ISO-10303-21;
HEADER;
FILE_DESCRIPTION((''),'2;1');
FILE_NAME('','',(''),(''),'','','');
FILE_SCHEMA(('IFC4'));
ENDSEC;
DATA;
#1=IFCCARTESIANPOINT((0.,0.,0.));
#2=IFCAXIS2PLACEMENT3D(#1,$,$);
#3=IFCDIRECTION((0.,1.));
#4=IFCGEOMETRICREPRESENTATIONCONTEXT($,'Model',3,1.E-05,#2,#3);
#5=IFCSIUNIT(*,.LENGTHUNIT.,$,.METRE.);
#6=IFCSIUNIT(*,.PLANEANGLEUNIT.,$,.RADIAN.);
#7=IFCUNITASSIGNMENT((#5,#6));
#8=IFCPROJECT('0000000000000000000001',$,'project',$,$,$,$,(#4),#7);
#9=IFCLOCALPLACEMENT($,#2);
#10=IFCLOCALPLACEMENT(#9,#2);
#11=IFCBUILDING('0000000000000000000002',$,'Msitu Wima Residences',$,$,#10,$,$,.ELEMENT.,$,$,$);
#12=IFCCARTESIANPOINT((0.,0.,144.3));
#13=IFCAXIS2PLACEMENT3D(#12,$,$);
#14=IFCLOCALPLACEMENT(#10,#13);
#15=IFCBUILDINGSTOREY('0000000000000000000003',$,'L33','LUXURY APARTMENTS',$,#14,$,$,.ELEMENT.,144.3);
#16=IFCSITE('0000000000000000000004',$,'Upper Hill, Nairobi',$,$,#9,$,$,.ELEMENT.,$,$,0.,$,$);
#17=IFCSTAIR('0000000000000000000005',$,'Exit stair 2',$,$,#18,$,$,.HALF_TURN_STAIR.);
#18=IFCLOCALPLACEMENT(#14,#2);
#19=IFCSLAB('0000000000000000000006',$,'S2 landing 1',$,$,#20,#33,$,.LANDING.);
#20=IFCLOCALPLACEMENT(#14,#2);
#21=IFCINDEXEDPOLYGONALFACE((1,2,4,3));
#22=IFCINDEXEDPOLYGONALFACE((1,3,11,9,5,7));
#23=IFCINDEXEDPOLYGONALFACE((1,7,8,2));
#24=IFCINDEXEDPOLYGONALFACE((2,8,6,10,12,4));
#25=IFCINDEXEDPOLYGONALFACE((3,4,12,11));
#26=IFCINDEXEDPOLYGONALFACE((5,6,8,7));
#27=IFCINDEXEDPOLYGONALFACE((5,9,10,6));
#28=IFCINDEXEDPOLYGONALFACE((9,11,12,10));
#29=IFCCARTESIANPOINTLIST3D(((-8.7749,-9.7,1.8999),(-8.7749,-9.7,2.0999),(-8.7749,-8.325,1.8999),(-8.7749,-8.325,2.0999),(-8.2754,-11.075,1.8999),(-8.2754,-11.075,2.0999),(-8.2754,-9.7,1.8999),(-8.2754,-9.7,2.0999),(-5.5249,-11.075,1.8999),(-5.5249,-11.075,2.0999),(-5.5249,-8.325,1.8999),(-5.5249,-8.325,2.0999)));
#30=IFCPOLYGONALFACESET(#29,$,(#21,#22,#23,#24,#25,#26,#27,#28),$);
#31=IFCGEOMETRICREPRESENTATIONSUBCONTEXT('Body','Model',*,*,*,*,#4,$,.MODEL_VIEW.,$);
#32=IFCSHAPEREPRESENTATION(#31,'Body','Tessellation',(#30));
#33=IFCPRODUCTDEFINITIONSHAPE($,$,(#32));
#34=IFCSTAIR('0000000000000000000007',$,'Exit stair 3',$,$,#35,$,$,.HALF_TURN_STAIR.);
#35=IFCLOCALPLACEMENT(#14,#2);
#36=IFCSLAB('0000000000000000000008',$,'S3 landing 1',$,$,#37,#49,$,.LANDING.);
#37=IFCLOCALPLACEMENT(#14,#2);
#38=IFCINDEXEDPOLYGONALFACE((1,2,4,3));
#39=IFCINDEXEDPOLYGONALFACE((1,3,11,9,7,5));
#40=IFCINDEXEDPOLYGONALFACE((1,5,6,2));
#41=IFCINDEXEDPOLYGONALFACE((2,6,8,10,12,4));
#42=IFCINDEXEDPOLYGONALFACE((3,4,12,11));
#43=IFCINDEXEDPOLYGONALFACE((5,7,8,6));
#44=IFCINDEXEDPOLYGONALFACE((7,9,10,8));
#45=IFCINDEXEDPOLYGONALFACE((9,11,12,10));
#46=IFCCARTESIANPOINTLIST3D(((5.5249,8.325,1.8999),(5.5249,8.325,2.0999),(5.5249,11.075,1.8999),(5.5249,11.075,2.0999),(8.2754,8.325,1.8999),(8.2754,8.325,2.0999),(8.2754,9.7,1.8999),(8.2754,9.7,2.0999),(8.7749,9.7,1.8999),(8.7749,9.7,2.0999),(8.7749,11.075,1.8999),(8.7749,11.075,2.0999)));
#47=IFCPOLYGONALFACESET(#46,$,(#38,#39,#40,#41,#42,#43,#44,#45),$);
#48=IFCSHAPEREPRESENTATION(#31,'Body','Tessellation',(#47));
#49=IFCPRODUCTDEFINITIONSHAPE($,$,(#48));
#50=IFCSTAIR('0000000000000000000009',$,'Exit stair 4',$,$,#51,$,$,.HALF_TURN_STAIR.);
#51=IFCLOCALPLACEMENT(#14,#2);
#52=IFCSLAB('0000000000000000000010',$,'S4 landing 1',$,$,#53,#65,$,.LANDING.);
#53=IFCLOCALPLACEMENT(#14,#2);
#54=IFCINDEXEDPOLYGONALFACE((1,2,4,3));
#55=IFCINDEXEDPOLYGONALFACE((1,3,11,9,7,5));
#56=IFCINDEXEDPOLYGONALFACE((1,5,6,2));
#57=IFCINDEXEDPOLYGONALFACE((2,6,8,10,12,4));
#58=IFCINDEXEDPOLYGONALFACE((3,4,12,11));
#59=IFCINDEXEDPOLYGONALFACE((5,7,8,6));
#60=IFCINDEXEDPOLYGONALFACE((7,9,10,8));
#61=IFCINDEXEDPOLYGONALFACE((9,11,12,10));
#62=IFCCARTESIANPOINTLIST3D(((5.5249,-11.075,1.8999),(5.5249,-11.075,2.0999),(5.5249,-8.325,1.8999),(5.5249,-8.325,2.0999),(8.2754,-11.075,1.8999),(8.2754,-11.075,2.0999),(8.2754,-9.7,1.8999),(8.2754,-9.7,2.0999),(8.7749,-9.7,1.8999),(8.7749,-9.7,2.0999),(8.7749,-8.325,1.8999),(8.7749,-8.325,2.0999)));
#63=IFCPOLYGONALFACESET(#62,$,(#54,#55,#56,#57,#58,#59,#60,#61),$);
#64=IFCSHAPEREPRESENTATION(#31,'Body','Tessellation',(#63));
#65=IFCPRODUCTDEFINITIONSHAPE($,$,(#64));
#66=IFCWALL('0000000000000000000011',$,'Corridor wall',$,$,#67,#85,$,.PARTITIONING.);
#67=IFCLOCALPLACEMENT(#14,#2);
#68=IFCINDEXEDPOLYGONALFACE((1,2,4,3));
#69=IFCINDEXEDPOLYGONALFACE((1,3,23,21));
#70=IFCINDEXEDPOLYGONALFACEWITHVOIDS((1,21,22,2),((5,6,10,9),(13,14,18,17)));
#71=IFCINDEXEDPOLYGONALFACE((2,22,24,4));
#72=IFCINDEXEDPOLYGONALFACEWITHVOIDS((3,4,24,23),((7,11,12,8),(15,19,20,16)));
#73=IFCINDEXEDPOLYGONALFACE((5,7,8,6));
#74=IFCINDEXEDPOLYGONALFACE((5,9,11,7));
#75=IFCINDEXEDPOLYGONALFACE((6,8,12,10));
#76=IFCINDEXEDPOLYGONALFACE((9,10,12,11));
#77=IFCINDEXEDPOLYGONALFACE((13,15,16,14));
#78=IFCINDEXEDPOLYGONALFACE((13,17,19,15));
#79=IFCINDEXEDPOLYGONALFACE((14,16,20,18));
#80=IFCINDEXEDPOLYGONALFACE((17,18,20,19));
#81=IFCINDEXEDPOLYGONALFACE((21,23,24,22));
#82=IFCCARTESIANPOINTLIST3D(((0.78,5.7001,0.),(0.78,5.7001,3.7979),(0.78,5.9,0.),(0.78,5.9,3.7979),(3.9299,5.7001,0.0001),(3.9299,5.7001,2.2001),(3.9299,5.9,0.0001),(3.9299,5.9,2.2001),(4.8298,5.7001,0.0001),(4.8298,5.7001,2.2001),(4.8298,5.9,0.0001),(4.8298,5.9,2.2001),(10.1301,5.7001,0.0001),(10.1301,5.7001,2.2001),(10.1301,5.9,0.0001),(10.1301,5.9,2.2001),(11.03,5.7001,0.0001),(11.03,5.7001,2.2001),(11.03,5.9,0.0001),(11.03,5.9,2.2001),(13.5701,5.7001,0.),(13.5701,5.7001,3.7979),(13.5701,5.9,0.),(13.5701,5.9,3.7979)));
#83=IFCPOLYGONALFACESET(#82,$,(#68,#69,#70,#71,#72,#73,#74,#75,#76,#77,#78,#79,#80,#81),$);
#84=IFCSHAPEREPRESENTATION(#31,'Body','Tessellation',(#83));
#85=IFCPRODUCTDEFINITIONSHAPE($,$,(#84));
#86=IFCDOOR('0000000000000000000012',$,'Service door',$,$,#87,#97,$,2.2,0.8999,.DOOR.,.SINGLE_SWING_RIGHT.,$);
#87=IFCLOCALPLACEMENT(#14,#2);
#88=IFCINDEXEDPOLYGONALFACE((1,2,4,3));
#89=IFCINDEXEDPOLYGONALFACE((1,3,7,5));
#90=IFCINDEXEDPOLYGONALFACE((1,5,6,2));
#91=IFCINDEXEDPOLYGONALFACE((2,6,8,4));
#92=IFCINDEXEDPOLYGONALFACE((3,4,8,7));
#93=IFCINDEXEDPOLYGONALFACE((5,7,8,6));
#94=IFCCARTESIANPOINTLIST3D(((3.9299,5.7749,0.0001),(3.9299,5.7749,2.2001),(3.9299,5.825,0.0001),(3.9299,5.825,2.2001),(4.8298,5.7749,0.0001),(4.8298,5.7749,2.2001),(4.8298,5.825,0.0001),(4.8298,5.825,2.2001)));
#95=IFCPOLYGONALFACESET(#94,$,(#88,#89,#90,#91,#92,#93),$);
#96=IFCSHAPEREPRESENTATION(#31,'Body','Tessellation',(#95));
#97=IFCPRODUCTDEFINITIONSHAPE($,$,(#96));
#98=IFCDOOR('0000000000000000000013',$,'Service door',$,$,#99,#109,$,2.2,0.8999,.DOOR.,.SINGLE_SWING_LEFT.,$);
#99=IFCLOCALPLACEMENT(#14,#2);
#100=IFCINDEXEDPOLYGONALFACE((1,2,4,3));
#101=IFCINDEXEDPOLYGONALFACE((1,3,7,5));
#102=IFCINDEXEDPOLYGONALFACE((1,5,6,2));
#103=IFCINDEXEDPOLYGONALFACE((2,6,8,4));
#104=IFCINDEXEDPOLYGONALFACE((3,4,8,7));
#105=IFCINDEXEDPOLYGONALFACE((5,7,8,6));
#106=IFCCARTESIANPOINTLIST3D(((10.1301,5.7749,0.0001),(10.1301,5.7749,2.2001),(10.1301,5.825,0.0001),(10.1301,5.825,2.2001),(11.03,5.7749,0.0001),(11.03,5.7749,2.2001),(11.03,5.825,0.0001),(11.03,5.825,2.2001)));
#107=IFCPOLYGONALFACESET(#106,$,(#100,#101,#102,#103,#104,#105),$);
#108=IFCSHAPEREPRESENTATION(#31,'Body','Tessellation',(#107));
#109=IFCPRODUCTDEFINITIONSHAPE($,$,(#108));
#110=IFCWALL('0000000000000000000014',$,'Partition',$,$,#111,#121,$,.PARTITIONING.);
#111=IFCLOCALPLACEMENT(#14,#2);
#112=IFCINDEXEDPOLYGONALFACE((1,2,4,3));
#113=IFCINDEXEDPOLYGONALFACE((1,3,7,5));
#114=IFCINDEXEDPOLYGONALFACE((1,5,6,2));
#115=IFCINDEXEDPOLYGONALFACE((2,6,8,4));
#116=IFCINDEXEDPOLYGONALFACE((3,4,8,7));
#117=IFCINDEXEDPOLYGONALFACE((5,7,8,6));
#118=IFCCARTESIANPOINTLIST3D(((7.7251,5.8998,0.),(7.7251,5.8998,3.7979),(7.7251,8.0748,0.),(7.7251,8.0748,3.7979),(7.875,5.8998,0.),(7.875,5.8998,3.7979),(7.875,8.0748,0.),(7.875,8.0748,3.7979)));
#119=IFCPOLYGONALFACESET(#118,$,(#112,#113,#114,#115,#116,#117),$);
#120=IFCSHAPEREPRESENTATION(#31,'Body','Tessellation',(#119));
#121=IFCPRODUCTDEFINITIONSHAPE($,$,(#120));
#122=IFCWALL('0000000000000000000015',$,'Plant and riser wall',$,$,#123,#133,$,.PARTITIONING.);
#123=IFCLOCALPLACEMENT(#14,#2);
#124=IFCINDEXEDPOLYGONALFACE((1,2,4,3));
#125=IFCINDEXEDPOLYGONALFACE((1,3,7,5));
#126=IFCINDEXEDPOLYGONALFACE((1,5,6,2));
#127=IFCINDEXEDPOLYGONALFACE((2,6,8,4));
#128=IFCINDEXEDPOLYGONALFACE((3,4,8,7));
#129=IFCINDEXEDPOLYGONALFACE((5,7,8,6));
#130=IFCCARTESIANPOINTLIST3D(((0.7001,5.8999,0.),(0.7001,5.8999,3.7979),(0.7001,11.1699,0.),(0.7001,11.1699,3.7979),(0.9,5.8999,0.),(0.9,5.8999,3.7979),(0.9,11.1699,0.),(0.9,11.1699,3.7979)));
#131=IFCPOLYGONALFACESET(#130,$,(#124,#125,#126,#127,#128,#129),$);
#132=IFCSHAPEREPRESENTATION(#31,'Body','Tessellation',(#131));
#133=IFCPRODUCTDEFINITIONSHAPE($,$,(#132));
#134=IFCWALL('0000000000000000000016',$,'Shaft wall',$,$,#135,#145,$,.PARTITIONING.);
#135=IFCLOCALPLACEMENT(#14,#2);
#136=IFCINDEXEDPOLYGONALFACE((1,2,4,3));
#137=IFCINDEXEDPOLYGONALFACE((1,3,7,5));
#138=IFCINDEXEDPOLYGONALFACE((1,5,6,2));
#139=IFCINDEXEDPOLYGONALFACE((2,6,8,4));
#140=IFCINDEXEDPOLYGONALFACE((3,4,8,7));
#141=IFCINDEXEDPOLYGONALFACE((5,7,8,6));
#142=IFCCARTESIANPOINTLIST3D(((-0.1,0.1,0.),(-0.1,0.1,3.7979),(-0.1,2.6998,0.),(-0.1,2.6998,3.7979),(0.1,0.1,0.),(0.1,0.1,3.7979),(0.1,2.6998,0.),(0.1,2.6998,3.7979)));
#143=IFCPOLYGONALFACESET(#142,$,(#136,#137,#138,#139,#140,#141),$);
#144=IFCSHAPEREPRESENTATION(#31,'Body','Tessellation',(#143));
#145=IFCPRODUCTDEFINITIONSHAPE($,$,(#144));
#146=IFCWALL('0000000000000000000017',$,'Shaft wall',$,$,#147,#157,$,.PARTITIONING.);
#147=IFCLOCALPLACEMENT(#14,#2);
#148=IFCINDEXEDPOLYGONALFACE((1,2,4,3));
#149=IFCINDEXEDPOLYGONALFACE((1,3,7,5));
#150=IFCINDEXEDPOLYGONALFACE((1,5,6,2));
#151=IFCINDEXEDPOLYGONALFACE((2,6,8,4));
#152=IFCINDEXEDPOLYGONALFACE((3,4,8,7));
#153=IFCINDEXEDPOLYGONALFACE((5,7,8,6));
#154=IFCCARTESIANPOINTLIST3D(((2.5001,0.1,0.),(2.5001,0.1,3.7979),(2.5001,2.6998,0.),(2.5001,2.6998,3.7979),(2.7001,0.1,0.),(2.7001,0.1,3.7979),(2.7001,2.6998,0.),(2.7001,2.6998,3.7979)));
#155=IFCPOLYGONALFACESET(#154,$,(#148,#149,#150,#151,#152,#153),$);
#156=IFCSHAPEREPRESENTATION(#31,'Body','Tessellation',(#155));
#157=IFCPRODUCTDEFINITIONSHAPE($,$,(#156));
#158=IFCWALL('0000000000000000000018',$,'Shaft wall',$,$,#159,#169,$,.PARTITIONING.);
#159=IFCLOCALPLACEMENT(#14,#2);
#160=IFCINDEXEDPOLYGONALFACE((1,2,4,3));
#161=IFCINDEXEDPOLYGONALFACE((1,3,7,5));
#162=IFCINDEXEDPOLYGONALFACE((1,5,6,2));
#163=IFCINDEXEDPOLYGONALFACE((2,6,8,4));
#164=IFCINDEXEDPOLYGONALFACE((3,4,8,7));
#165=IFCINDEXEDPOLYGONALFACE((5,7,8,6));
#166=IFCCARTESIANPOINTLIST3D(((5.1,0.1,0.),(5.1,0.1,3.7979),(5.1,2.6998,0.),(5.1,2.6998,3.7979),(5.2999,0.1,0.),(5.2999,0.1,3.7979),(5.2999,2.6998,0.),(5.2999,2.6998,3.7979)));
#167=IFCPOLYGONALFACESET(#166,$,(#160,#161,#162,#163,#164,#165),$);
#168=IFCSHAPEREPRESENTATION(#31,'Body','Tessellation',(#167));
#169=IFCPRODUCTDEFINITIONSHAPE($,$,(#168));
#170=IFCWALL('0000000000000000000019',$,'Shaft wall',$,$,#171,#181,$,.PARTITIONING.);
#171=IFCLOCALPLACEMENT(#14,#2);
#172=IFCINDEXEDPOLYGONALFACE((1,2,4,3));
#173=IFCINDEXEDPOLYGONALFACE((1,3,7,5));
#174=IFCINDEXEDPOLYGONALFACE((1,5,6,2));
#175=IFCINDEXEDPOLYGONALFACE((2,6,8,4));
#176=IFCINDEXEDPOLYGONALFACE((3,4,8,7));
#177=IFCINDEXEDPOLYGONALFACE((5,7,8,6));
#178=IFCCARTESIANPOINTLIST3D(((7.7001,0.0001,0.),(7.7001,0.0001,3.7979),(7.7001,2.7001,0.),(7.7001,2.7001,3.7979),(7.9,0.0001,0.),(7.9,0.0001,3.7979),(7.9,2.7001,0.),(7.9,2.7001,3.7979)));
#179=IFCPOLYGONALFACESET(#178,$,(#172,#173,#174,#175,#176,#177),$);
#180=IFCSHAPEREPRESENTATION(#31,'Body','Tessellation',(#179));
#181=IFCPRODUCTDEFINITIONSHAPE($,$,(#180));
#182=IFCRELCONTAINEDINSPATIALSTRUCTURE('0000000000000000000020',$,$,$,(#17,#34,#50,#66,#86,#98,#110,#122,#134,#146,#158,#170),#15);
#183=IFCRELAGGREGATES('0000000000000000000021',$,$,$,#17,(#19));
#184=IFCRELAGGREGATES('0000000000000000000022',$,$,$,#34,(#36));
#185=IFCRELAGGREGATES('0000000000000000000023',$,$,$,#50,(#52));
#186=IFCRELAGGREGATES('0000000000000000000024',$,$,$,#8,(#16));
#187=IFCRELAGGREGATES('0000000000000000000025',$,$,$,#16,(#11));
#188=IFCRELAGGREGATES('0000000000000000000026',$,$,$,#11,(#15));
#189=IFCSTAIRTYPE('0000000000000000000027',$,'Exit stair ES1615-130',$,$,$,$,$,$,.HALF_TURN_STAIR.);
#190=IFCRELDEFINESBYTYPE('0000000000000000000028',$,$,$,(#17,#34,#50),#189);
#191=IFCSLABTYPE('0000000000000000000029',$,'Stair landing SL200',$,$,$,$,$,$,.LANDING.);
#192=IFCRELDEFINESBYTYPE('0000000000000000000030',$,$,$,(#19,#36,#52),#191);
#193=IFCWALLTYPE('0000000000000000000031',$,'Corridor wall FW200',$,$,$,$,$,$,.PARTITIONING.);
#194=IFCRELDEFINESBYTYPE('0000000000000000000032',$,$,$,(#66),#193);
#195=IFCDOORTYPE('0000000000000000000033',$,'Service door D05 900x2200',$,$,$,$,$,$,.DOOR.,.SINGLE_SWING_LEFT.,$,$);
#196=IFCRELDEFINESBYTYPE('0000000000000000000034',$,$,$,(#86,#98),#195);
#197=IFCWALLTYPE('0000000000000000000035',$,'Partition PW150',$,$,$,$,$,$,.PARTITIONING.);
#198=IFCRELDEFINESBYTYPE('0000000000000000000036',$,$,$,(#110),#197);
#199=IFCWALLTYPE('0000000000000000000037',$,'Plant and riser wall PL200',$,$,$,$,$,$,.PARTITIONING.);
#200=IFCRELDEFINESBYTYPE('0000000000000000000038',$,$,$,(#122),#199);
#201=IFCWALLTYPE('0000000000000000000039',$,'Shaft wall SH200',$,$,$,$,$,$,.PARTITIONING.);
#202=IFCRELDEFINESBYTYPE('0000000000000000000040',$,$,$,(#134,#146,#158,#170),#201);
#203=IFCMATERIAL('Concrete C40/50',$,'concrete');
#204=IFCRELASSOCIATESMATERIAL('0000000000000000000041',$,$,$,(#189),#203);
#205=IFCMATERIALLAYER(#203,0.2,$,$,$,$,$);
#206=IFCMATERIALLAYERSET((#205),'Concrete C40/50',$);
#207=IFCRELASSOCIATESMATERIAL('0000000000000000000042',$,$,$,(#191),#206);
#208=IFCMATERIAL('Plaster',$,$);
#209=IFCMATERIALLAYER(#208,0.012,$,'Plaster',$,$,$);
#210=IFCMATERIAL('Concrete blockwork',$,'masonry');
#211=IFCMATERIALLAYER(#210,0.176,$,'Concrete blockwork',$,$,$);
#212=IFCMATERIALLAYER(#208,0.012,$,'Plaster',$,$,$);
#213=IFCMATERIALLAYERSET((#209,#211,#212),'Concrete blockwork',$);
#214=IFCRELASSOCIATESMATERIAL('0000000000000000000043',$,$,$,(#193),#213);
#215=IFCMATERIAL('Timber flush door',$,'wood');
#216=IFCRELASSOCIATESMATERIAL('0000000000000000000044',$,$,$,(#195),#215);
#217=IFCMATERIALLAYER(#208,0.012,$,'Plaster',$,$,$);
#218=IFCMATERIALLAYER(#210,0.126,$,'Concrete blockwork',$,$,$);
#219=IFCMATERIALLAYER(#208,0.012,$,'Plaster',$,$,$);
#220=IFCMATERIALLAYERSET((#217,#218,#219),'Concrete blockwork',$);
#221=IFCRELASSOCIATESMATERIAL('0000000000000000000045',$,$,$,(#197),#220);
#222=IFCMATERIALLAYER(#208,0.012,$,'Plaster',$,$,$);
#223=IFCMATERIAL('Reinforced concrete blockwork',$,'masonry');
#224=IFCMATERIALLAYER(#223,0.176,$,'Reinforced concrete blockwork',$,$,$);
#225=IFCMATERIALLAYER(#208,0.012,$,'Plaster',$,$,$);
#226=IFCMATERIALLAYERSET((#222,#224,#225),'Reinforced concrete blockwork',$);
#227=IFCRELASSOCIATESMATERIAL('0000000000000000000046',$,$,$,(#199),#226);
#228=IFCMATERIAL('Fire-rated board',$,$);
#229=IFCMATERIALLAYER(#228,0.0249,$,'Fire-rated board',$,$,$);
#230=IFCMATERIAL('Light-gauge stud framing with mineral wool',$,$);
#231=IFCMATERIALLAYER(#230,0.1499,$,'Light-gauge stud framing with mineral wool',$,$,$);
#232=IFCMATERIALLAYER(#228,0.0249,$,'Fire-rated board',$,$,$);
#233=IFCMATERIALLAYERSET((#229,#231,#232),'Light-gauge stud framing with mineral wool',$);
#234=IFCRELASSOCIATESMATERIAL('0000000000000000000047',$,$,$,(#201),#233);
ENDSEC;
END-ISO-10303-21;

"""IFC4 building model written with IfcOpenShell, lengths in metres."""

from ifc_helpers import new_model, si_unit, direction, frame, frame_2d, origin, place, context, subcontext, project, spatial, polyline, rectangle, outline, extrude, material, layer, layer_set, type_object, element, fill, aggregate, save


model = new_model("IFC4")

# Units and contexts
model_context = context("Model", 3, precision=1e-05, world=origin(), true_north=direction((0.0, 1.0)))
body_context = subcontext(model_context, "Body", "Model", "MODEL_VIEW")
ifc_project = project(units=[si_unit("LENGTHUNIT", "METRE"), si_unit("PLANEANGLEUNIT", "RADIAN")], contexts=[model_context])

# Site, building, storey
site_placement = place(None, origin())
site = spatial("IfcSite", under=ifc_project, at=site_placement, Name="Upper Hill, Nairobi", CompositionType="ELEMENT", RefElevation=0.0)
building_placement = place(site_placement, origin())
building = spatial("IfcBuilding", under=site, at=building_placement, Name="Msitu Wima Residences", CompositionType="ELEMENT")
storey_placement = place(building_placement, frame((0.0, 0.0, 144.3)))
storey = spatial("IfcBuildingStorey", under=building, at=storey_placement, Name="L33", Description="LUXURY APARTMENTS", CompositionType="ELEMENT", Elevation=144.3)

# Shared definitions
ifc_material_1 = material(Name="Concrete C40/50", Category="concrete")

# Stairs, slabs
stair_type = type_object("IfcStairType", Name="Exit stair ES1615-130", PredefinedType="HALF_TURN_STAIR", material=ifc_material_1)
ifc_layer_1 = layer(ifc_material_1, 0.2)
ifc_layer_set_1 = layer_set([ifc_layer_1], Name="Concrete C40/50")
slab_type_1 = type_object("IfcSlabType", Name="Stair landing SL200", PredefinedType="LANDING", material=ifc_layer_set_1)
stair_1_placement = place(storey_placement, origin())
stair_1 = element("IfcStair", 1, at=stair_1_placement, inside=storey, type_object=stair_type, Name="Exit stair 2", PredefinedType="HALF_TURN_STAIR")
slab_1_placement = place(storey_placement, frame((0.0, 0.0, 1.8999)))
slab_1 = element("IfcSlab", 2, at=slab_1_placement, type_object=slab_type_1, Name="S2 landing 1", PredefinedType="LANDING", context=body_context, shape_type="SweptSolid", body=[
    extrude(outline(polyline([(-5.5249, -11.075), (-8.2754, -11.075), (-8.2754, -9.7), (-8.7749, -9.7), (-8.7749, -8.325), (-5.5249, -8.325), (-5.5249, -11.075)])), origin(), (0.0, 0.0, 1.0), 0.2),
])
aggregate(stair_1, [slab_1])
stair_2_placement = place(storey_placement, origin())
stair_2 = element("IfcStair", 3, at=stair_2_placement, inside=storey, type_object=stair_type, Name="Exit stair 3", PredefinedType="HALF_TURN_STAIR")
slab_2_placement = place(storey_placement, frame((0.0, 0.0, 1.8999)))
slab_2 = element("IfcSlab", 4, at=slab_2_placement, type_object=slab_type_1, Name="S3 landing 1", PredefinedType="LANDING", context=body_context, shape_type="SweptSolid", body=[
    extrude(outline(polyline([(5.5249, 8.325), (8.2754, 8.325), (8.2754, 9.7), (8.7749, 9.7), (8.7749, 11.075), (5.5249, 11.075), (5.5249, 8.325)])), origin(), (0.0, 0.0, 1.0), 0.2),
])
aggregate(stair_2, [slab_2])
stair_3_placement = place(storey_placement, origin())
stair_3 = element("IfcStair", 5, at=stair_3_placement, inside=storey, type_object=stair_type, Name="Exit stair 4", PredefinedType="HALF_TURN_STAIR")
slab_3_placement = place(storey_placement, frame((0.0, 0.0, 1.8999)))
slab_3 = element("IfcSlab", 6, at=slab_3_placement, type_object=slab_type_1, Name="S4 landing 1", PredefinedType="LANDING", context=body_context, shape_type="SweptSolid", body=[
    extrude(outline(polyline([(5.5249, -11.075), (8.2754, -11.075), (8.2754, -9.7), (8.7749, -9.7), (8.7749, -8.325), (5.5249, -8.325), (5.5249, -11.075)])), origin(), (0.0, 0.0, 1.0), 0.2),
])
aggregate(stair_3, [slab_3])

# Wall, openings, doors
ifc_material_2 = material(Name="Plaster")
ifc_layer_2 = layer(ifc_material_2, 0.012, Name="Plaster")
ifc_material_3 = material(Name="Concrete blockwork", Category="masonry")
ifc_layer_3 = layer(ifc_material_3, 0.176, Name="Concrete blockwork")
ifc_layer_4 = layer(ifc_material_2, 0.012, Name="Plaster")
ifc_layer_set_2 = layer_set([ifc_layer_2, ifc_layer_3, ifc_layer_4], Name="Concrete blockwork")
wall_type_1 = type_object("IfcWallType", Name="Corridor wall FW200", PredefinedType="PARTITIONING", material=ifc_layer_set_2)
wall_1_placement = place(storey_placement, frame((0.78, 5.8, 0.0), z_axis=(0.0, 0.0, 1.0), x_axis=(1.0, 0.0, 0.0)))
wall_1 = element("IfcWall", 7, at=wall_1_placement, inside=storey, type_object=wall_type_1, Name="Corridor wall", PredefinedType="PARTITIONING", context=body_context, shape_type="SweptSolid", body=[
    extrude(rectangle(XDim=12.79, YDim=0.2, at=frame_2d((6.395, 0.0))), origin(), (0.0, 0.0, 1.0), 3.7979),
])
opening_1_placement = place(wall_1_placement, frame((3.1499, 0.0, 0.0)))
opening_1 = element("IfcOpeningElement", 8, at=opening_1_placement, cuts=wall_1, PredefinedType="OPENING", context=body_context, shape_type="SweptSolid", body=[
    extrude(rectangle(XDim=0.8999, YDim=2.2, at=frame_2d((0.45, 1.1001))), frame((0.0, 0.1099, 0.0), z_axis=(0.0, -1.0, 0.0), x_axis=(1.0, 0.0, 0.0)), (0.0, 0.0, 1.0), 0.22),
])
opening_2_placement = place(wall_1_placement, frame((9.3501, 0.0, 0.0)))
opening_2 = element("IfcOpeningElement", 9, at=opening_2_placement, cuts=wall_1, PredefinedType="OPENING", context=body_context, shape_type="SweptSolid", body=[
    extrude(rectangle(XDim=0.8999, YDim=2.2, at=frame_2d((0.45, 1.1001))), frame((0.0, 0.1099, 0.0), z_axis=(0.0, -1.0, 0.0), x_axis=(1.0, 0.0, 0.0)), (0.0, 0.0, 1.0), 0.22),
])
ifc_material_4 = material(Name="Timber flush door", Category="wood")
door_type = type_object("IfcDoorType", Name="Service door D05 900x2200", OperationType="SINGLE_SWING_LEFT", PredefinedType="DOOR", material=ifc_material_4)
door_1_placement = place(opening_1_placement, origin())
door_1 = element("IfcDoor", 10, at=door_1_placement, inside=storey, type_object=door_type, Name="Service door", OperationType="SINGLE_SWING_RIGHT", OverallHeight=2.2, OverallWidth=0.8999, PredefinedType="DOOR", context=body_context, shape_type="SweptSolid", body=[
    extrude(rectangle(XDim=0.8999, YDim=2.2, at=frame_2d((0.45, 1.1001))), frame((0.0, 0.0249, 0.0), z_axis=(0.0, -1.0, 0.0), x_axis=(1.0, 0.0, 0.0)), (0.0, 0.0, 1.0), 0.05),
])
fill(opening_1, door_1)
door_2_placement = place(opening_2_placement, origin())
door_2 = element("IfcDoor", 11, at=door_2_placement, inside=storey, type_object=door_type, Name="Service door", OperationType="SINGLE_SWING_LEFT", OverallHeight=2.2, OverallWidth=0.8999, PredefinedType="DOOR", context=body_context, shape_type="SweptSolid", body=[
    extrude(rectangle(XDim=0.8999, YDim=2.2, at=frame_2d((0.45, 1.1001))), frame((0.0, 0.0249, 0.0), z_axis=(0.0, -1.0, 0.0), x_axis=(1.0, 0.0, 0.0)), (0.0, 0.0, 1.0), 0.05),
])
fill(opening_2, door_2)

# Walls
ifc_layer_5 = layer(ifc_material_2, 0.012, Name="Plaster")
ifc_layer_6 = layer(ifc_material_3, 0.126, Name="Concrete blockwork")
ifc_layer_7 = layer(ifc_material_2, 0.012, Name="Plaster")
ifc_layer_set_3 = layer_set([ifc_layer_5, ifc_layer_6, ifc_layer_7], Name="Concrete blockwork")
wall_type_2 = type_object("IfcWallType", Name="Partition PW150", PredefinedType="PARTITIONING", material=ifc_layer_set_3)
wall_2_placement = place(storey_placement, frame((7.8, 5.8999, 0.0), z_axis=(0.0, 0.0, 1.0), x_axis=(0.0, 1.0, 0.0)))
element("IfcWall", 12, at=wall_2_placement, inside=storey, type_object=wall_type_2, Name="Partition", PredefinedType="PARTITIONING", context=body_context, shape_type="SweptSolid", body=[
    extrude(rectangle(XDim=2.175, YDim=0.1499, at=frame_2d((1.0874, 0.0))), origin(), (0.0, 0.0, 1.0), 3.7979),
])
ifc_layer_8 = layer(ifc_material_2, 0.012, Name="Plaster")
ifc_material_5 = material(Name="Reinforced concrete blockwork", Category="masonry")
ifc_layer_9 = layer(ifc_material_5, 0.176, Name="Reinforced concrete blockwork")
ifc_layer_10 = layer(ifc_material_2, 0.012, Name="Plaster")
ifc_layer_set_4 = layer_set([ifc_layer_8, ifc_layer_9, ifc_layer_10], Name="Reinforced concrete blockwork")
wall_type_3 = type_object("IfcWallType", Name="Plant and riser wall PL200", PredefinedType="PARTITIONING", material=ifc_layer_set_4)
wall_3_placement = place(storey_placement, frame((0.8, 5.8999, 0.0), z_axis=(0.0, 0.0, 1.0), x_axis=(0.0, 1.0, 0.0)))
element("IfcWall", 13, at=wall_3_placement, inside=storey, type_object=wall_type_3, Name="Plant and riser wall", PredefinedType="PARTITIONING", context=body_context, shape_type="SweptSolid", body=[
    extrude(rectangle(XDim=5.27, YDim=0.2, at=frame_2d((2.635, 0.0))), origin(), (0.0, 0.0, 1.0), 3.7979),
])
ifc_material_6 = material(Name="Fire-rated board")
ifc_layer_11 = layer(ifc_material_6, 0.0249, Name="Fire-rated board")
ifc_material_7 = material(Name="Light-gauge stud framing with mineral wool")
ifc_layer_12 = layer(ifc_material_7, 0.1499, Name="Light-gauge stud framing with mineral wool")
ifc_layer_13 = layer(ifc_material_6, 0.0249, Name="Fire-rated board")
ifc_layer_set_5 = layer_set([ifc_layer_11, ifc_layer_12, ifc_layer_13], Name="Light-gauge stud framing with mineral wool")
wall_type_4 = type_object("IfcWallType", Name="Shaft wall SH200", PredefinedType="PARTITIONING", material=ifc_layer_set_5)
for number, where, z_axis, x_axis, name in (
    (14, (0.0, 0.1001, 0.0), (0.0, 0.0, 1.0), (0.0, 1.0, 0.0), "Shaft wall"),
    (15, (2.6001, 0.1001, 0.0), (0.0, 0.0, 1.0), (0.0, 1.0, 0.0), "Shaft wall"),
    (16, (5.2, 0.1001, 0.0), (0.0, 0.0, 1.0), (0.0, 1.0, 0.0), "Shaft wall"),
):
    element("IfcWall", number, at=place(storey_placement, frame(where, z_axis=z_axis, x_axis=x_axis)), inside=storey, type_object=wall_type_4, Name=name, PredefinedType="PARTITIONING", context=body_context, shape_type="SweptSolid", body=[
        extrude(rectangle(XDim=2.5999, YDim=0.2, at=frame_2d((1.2998, 0.0))), origin(), (0.0, 0.0, 1.0), 3.7979),
    ])
wall_4_placement = place(storey_placement, frame((7.8, 0.0, 0.0), z_axis=(0.0, 0.0, 1.0), x_axis=(0.0, 1.0, 0.0)))
element("IfcWall", 17, at=wall_4_placement, inside=storey, type_object=wall_type_4, Name="Shaft wall", PredefinedType="PARTITIONING", context=body_context, shape_type="SweptSolid", body=[
    extrude(rectangle(XDim=2.7, YDim=0.2, at=frame_2d((1.3501, 0.0))), origin(), (0.0, 0.0, 1.0), 3.7979),
])

save(model, "model.ifc")
